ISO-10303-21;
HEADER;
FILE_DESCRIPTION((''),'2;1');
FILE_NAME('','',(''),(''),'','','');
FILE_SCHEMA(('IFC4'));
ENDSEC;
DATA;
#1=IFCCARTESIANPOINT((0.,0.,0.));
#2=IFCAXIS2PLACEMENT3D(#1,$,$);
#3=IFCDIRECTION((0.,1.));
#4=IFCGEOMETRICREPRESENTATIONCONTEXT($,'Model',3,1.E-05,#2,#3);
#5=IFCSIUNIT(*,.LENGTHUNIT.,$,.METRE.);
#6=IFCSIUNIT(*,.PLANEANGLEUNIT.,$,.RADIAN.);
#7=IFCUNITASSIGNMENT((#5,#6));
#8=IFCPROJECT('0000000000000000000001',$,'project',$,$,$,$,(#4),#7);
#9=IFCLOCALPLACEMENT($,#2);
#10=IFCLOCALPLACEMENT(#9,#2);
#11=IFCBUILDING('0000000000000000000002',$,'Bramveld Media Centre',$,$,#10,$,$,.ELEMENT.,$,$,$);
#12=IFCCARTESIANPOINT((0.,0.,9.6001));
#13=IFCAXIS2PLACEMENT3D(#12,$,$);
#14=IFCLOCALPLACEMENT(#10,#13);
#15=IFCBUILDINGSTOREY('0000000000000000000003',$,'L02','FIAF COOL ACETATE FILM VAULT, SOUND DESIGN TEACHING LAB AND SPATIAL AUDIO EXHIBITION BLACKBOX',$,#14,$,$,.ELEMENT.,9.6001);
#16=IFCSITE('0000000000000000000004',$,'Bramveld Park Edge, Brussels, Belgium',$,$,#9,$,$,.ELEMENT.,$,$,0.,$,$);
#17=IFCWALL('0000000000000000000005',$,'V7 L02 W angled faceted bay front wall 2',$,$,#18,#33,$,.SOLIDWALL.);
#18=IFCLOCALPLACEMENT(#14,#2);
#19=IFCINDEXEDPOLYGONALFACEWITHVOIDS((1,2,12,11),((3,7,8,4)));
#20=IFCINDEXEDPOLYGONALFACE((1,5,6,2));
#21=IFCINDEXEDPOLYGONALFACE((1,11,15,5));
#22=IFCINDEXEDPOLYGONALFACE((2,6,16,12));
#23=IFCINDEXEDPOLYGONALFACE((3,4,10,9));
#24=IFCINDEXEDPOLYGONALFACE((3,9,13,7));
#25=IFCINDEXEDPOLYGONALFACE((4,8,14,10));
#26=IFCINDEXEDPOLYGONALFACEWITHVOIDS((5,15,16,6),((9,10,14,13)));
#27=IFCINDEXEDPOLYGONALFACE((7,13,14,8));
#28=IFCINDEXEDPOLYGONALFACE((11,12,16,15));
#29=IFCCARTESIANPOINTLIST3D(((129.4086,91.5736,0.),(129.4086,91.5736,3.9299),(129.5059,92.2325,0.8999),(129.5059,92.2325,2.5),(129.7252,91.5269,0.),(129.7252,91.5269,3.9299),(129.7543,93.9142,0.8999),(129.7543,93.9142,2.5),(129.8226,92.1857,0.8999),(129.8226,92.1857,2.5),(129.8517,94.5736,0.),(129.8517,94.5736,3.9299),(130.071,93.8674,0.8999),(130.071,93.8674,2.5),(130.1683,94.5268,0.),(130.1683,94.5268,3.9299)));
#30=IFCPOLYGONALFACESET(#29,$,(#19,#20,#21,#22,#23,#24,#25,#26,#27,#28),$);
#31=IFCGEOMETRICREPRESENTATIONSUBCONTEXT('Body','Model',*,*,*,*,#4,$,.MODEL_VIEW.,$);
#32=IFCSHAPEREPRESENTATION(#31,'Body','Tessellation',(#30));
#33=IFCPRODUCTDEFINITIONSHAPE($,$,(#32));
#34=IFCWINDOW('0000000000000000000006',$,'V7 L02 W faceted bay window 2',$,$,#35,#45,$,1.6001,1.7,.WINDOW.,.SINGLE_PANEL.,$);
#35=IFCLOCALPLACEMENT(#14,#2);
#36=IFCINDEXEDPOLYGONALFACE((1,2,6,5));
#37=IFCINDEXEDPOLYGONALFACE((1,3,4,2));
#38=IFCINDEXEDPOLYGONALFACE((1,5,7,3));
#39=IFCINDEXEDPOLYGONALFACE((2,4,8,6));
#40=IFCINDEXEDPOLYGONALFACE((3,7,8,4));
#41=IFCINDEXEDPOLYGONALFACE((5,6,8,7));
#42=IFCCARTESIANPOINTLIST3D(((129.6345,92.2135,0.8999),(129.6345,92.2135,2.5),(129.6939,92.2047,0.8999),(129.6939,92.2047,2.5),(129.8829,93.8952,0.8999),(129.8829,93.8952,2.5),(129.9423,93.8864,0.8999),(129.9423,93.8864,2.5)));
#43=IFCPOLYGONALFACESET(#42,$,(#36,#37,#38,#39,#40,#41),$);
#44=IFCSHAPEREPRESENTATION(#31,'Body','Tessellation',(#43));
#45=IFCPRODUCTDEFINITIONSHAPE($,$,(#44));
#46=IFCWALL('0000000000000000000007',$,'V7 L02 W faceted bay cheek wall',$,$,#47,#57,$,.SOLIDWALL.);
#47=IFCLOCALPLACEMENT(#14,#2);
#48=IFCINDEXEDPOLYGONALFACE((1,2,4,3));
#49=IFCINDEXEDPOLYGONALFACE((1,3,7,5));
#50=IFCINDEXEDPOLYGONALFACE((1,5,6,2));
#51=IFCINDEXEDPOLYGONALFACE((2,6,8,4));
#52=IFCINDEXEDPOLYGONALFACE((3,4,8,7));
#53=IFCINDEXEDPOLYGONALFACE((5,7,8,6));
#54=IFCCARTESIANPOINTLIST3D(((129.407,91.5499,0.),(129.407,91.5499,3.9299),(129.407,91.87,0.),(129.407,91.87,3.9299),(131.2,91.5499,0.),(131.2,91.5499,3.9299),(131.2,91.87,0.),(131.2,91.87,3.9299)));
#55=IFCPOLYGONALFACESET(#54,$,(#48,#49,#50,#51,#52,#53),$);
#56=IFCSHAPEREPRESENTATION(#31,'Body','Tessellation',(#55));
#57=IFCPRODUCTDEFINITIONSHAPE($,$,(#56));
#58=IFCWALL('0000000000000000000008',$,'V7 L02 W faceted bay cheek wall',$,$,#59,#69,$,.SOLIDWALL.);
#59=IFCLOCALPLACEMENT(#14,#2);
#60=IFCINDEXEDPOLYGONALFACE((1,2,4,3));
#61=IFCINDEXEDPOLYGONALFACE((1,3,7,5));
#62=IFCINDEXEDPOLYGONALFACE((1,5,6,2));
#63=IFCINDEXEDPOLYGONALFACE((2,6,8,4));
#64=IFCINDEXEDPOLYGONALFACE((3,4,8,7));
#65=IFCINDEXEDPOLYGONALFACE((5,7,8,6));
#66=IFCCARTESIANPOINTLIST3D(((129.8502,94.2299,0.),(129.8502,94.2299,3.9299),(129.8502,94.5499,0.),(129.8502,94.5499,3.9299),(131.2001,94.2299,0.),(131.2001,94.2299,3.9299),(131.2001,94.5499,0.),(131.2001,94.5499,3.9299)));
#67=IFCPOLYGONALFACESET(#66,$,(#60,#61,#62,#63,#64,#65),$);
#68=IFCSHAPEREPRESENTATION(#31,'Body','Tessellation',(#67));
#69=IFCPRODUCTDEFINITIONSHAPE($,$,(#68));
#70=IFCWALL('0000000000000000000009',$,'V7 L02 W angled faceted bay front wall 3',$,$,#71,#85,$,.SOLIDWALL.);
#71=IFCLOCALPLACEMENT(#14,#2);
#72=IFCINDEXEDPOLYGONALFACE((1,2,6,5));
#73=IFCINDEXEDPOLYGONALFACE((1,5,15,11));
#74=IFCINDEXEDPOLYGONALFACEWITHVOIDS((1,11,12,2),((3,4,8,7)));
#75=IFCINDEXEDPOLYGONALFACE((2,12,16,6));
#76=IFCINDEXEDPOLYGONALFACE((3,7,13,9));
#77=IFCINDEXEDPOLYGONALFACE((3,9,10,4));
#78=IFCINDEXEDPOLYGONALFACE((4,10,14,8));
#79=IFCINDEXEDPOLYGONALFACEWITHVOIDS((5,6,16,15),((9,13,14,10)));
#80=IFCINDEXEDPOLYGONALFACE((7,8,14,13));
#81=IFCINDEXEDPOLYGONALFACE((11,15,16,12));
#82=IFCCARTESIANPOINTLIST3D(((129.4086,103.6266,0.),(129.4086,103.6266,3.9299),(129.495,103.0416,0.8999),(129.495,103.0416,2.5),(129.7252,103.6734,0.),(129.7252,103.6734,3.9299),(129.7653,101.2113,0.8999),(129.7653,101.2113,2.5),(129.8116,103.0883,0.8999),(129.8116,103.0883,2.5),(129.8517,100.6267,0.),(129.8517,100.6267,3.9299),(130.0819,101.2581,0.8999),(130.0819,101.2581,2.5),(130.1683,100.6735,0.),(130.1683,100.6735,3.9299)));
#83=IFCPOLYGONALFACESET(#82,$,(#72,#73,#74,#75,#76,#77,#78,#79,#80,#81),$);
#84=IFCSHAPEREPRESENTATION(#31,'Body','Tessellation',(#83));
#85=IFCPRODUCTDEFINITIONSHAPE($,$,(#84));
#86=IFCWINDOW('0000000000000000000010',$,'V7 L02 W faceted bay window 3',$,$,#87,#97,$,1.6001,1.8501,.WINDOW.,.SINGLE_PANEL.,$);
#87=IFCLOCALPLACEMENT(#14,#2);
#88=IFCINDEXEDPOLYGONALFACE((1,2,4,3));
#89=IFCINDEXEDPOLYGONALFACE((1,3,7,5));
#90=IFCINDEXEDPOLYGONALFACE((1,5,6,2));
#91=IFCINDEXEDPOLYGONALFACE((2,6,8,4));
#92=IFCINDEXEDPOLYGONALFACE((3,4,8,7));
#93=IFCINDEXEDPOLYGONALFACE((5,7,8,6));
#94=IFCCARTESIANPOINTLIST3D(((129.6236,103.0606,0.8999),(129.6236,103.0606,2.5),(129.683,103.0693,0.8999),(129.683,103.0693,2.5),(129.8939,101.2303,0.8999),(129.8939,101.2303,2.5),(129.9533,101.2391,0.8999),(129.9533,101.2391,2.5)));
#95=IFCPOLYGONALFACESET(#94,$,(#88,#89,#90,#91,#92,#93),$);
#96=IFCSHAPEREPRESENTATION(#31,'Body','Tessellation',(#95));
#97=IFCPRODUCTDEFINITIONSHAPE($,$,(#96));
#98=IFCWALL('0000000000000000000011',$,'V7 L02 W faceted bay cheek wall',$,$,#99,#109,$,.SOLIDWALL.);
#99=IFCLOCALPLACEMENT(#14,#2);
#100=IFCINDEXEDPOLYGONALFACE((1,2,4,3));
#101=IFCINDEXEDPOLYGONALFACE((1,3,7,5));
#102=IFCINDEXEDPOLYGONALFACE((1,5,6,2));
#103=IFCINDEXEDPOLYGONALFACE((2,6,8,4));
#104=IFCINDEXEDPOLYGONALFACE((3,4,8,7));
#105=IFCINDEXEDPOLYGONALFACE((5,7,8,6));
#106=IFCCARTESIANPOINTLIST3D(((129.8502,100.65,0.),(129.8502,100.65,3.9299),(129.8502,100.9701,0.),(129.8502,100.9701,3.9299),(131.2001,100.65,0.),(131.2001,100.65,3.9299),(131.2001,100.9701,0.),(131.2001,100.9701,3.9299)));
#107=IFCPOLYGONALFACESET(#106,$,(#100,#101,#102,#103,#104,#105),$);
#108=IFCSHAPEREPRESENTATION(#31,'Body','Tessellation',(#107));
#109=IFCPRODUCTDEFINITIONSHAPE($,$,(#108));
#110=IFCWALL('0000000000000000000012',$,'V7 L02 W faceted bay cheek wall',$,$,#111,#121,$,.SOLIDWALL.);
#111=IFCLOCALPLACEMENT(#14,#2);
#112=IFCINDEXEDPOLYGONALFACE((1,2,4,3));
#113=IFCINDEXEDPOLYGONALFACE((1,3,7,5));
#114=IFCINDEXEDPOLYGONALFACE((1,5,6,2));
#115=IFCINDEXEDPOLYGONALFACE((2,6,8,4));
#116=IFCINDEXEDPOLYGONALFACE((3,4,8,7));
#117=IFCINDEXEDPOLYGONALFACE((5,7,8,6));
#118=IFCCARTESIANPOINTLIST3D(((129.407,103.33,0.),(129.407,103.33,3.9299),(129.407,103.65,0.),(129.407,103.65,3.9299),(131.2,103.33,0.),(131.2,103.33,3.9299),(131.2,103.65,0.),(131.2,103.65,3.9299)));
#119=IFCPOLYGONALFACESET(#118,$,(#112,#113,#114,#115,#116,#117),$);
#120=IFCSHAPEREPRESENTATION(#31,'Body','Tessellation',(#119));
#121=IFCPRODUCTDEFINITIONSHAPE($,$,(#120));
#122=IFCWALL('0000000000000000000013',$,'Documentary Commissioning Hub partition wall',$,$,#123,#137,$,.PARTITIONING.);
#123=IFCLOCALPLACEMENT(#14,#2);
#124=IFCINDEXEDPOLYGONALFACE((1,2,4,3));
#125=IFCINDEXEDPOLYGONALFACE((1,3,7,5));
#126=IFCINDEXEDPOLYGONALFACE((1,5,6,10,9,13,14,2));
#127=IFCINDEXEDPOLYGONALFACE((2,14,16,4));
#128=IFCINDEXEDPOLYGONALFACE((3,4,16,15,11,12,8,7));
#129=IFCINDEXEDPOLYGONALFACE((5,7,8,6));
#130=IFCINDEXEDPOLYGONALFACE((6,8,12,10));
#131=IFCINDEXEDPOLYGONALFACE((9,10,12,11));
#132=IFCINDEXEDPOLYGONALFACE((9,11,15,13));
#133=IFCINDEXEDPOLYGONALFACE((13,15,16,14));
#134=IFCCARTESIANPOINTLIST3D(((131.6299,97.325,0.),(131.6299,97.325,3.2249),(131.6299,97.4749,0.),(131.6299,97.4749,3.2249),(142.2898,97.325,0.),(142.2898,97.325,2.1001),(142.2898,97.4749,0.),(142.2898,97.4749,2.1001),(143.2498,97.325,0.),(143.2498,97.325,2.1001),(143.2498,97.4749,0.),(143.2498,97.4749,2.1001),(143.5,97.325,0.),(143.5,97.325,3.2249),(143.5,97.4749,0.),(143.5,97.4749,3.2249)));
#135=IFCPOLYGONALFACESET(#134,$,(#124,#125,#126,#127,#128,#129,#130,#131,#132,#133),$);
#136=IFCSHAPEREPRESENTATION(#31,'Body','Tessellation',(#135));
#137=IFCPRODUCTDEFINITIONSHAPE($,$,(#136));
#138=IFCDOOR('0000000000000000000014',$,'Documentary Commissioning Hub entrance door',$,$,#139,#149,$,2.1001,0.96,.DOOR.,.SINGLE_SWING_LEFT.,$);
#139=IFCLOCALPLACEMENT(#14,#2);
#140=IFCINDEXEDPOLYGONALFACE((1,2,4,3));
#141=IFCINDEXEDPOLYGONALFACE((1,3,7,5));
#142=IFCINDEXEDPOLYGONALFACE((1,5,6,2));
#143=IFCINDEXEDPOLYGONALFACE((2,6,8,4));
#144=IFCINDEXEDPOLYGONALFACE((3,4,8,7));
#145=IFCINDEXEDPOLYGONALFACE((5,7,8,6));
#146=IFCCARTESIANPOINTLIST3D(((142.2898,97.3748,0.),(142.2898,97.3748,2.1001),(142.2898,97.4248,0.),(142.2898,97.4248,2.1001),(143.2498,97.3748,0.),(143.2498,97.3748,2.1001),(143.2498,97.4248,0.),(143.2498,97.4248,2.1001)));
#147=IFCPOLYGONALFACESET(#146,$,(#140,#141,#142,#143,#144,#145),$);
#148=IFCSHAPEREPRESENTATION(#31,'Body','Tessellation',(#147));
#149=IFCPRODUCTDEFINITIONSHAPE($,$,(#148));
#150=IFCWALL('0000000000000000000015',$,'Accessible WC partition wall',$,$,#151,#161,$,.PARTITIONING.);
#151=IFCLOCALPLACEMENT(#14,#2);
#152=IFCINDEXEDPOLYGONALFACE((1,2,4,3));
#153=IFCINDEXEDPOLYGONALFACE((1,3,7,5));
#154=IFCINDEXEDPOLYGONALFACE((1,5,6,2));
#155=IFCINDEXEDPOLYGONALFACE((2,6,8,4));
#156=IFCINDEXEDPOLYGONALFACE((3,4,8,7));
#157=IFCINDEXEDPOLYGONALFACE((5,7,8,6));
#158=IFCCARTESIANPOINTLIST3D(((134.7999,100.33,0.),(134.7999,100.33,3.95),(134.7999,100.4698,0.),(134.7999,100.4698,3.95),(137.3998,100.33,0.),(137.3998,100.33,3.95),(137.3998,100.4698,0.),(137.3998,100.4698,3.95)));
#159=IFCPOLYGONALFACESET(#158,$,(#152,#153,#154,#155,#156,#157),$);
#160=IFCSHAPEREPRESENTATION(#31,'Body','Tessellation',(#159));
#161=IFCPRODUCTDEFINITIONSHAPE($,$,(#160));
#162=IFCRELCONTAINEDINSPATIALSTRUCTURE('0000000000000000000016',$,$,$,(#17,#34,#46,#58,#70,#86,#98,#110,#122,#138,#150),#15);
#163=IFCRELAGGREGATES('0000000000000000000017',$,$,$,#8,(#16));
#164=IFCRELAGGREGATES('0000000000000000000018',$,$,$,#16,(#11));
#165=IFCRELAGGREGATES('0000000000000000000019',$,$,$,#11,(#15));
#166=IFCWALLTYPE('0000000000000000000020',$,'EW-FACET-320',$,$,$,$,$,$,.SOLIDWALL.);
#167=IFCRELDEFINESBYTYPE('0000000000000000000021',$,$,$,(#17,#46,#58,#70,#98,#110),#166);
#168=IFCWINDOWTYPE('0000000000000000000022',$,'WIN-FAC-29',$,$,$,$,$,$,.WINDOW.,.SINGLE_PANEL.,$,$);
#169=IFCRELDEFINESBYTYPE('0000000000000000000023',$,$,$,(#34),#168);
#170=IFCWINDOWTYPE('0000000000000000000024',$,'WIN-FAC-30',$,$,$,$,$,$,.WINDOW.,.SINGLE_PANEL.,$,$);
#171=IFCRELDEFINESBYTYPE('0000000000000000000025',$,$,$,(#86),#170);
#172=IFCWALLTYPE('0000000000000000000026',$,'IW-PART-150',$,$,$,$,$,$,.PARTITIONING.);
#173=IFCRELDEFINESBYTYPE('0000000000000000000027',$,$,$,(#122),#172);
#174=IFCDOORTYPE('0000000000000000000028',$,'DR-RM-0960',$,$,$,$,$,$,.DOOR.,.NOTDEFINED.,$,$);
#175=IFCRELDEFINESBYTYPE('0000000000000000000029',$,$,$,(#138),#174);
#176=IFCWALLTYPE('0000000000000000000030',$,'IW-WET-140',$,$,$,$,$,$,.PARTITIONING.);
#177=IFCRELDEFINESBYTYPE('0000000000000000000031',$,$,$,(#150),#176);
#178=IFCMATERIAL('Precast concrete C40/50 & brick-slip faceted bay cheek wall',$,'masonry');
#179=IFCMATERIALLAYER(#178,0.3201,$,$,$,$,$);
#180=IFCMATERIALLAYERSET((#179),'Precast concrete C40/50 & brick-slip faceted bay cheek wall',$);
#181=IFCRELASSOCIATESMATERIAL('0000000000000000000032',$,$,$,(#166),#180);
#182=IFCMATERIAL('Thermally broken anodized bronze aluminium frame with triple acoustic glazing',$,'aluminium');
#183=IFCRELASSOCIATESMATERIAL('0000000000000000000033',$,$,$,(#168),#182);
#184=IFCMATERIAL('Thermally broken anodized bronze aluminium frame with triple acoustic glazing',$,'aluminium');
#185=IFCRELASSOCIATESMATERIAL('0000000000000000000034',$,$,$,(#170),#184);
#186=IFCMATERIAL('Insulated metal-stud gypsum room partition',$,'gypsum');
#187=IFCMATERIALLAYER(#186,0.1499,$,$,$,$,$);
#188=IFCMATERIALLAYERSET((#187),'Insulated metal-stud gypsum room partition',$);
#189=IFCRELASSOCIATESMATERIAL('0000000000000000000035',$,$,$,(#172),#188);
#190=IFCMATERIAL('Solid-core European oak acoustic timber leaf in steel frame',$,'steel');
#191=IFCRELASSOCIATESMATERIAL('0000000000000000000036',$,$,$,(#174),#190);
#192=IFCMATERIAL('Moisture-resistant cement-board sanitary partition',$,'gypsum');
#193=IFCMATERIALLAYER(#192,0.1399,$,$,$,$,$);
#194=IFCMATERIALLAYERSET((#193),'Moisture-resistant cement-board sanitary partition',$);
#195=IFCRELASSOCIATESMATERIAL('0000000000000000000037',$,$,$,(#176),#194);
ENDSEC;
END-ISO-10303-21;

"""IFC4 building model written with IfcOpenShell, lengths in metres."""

from ifc_helpers import new_model, si_unit, direction, frame, frame_2d, origin, place, context, subcontext, project, spatial, rectangle, extrude, material, layer, layer_set, type_object, element, fill, save


model = new_model("IFC4")

# Units and contexts
model_context = context("Model", 3, precision=1e-05, world=origin(), true_north=direction((0.0, 1.0)))
body_context = subcontext(model_context, "Body", "Model", "MODEL_VIEW")
ifc_project = project(units=[si_unit("LENGTHUNIT", "METRE"), si_unit("PLANEANGLEUNIT", "RADIAN")], contexts=[model_context])

# Site, building, storey
site_placement = place(None, origin())
site = spatial("IfcSite", under=ifc_project, at=site_placement, Name="Bramveld Park Edge, Brussels, Belgium", CompositionType="ELEMENT", RefElevation=0.0)
building_placement = place(site_placement, origin())
building = spatial("IfcBuilding", under=site, at=building_placement, Name="Bramveld Media Centre", CompositionType="ELEMENT")
storey_placement = place(building_placement, frame((0.0, 0.0, 9.6001)))
storey = spatial("IfcBuildingStorey", under=building, at=storey_placement, Name="L02", Description="FIAF COOL ACETATE FILM VAULT, SOUND DESIGN TEACHING LAB AND SPATIAL AUDIO EXHIBITION BLACKBOX", CompositionType="ELEMENT", Elevation=9.6001)

# Wall, opening, window
ifc_material_1 = material(Name="Precast concrete C40/50 & brick-slip faceted bay cheek wall", Category="masonry")
ifc_layer_1 = layer(ifc_material_1, 0.3201)
ifc_layer_set_1 = layer_set([ifc_layer_1], Name="Precast concrete C40/50 & brick-slip faceted bay cheek wall")
wall_type_1 = type_object("IfcWallType", Name="EW-FACET-320", PredefinedType="SOLIDWALL", material=ifc_layer_set_1)
wall_1_placement = place(storey_placement, frame((130.01, 94.55, 0.0), z_axis=(0.0, 0.0, 1.0), x_axis=(-0.14612, -0.989267, 0.0)))
wall_1 = element("IfcWall", 1, at=wall_1_placement, inside=storey, type_object=wall_type_1, Name="V7 L02 W angled faceted bay front wall 2", PredefinedType="SOLIDWALL", context=body_context, shape_type="SweptSolid", body=[
    extrude(rectangle(XDim=3.0325, YDim=0.3201, at=frame_2d((1.5161, 0.0))), origin(), (0.0, 0.0, 1.0), 3.9299),
])
opening_1_placement = place(wall_1_placement, frame((0.6663, 0.0, 0.8999)))
opening_1 = element("IfcOpeningElement", 2, at=opening_1_placement, cuts=wall_1, PredefinedType="OPENING", context=body_context, shape_type="SweptSolid", body=[
    extrude(rectangle(XDim=1.7, YDim=1.6001, at=frame_2d((0.8501, 0.8))), frame((0.0, 0.1719, 0.0), z_axis=(0.0, -1.0, 0.0), x_axis=(1.0, 0.0, 0.0)), (0.0, 0.0, 1.0), 0.344),
])
ifc_material_2 = material(Name="Thermally broken anodized bronze aluminium frame with triple acoustic glazing", Category="aluminium")
window_type_1 = type_object("IfcWindowType", Name="WIN-FAC-29", PartitioningType="SINGLE_PANEL", PredefinedType="WINDOW", material=ifc_material_2)
window_1_placement = place(opening_1_placement, origin())
window_1 = element("IfcWindow", 3, at=window_1_placement, inside=storey, type_object=window_type_1, Name="V7 L02 W faceted bay window 2", OverallHeight=1.6001, OverallWidth=1.7, PartitioningType="SINGLE_PANEL", PredefinedType="WINDOW", context=body_context, shape_type="SweptSolid", body=[
    extrude(rectangle(XDim=1.7, YDim=1.6001, at=frame_2d((0.8501, 0.8))), frame((0.0, 0.03, 0.0), z_axis=(0.0, -1.0, 0.0), x_axis=(1.0, 0.0, 0.0)), (0.0, 0.0, 1.0), 0.0601),
])
fill(opening_1, window_1)

# Walls
wall_2_placement = place(storey_placement, frame((131.2, 91.71, 0.0), z_axis=(0.0, 0.0, 1.0), x_axis=(-1.0, 0.0, 0.0)))
element("IfcWall", 4, at=wall_2_placement, inside=storey, type_object=wall_type_1, Name="V7 L02 W faceted bay cheek wall", PredefinedType="SOLIDWALL", context=body_context, shape_type="SweptSolid", body=[
    extrude(rectangle(XDim=1.793, YDim=0.3201, at=frame_2d((0.8965, 0.0))), origin(), (0.0, 0.0, 1.0), 3.9299),
])
wall_3_placement = place(storey_placement, frame((131.2, 94.3899, 0.0), z_axis=(0.0, 0.0, 1.0), x_axis=(-1.0, 0.0, 0.0)))
element("IfcWall", 5, at=wall_3_placement, inside=storey, type_object=wall_type_1, Name="V7 L02 W faceted bay cheek wall", PredefinedType="SOLIDWALL", context=body_context, shape_type="SweptSolid", body=[
    extrude(rectangle(XDim=1.3499, YDim=0.3201, at=frame_2d((0.6748, 0.0))), origin(), (0.0, 0.0, 1.0), 3.9299),
])

# Wall, opening, window
wall_4_placement = place(storey_placement, frame((129.5669, 103.6499, 0.0), z_axis=(0.0, 0.0, 1.0), x_axis=(0.14612, -0.989267, 0.0)))
wall_4 = element("IfcWall", 6, at=wall_4_placement, inside=storey, type_object=wall_type_1, Name="V7 L02 W angled faceted bay front wall 3", PredefinedType="SOLIDWALL", context=body_context, shape_type="SweptSolid", body=[
    extrude(rectangle(XDim=3.0325, YDim=0.3201, at=frame_2d((1.5161, 0.0))), origin(), (0.0, 0.0, 1.0), 3.9299),
])
opening_2_placement = place(wall_4_placement, frame((0.5913, 0.0, 0.8999)))
opening_2 = element("IfcOpeningElement", 7, at=opening_2_placement, cuts=wall_4, PredefinedType="OPENING", context=body_context, shape_type="SweptSolid", body=[
    extrude(rectangle(XDim=1.8501, YDim=1.6001, at=frame_2d((0.925, 0.8))), frame((0.0, 0.1719, 0.0), z_axis=(0.0, -1.0, 0.0), x_axis=(1.0, 0.0, 0.0)), (0.0, 0.0, 1.0), 0.344),
])
ifc_material_3 = material(Name="Thermally broken anodized bronze aluminium frame with triple acoustic glazing", Category="aluminium")
window_type_2 = type_object("IfcWindowType", Name="WIN-FAC-30", PartitioningType="SINGLE_PANEL", PredefinedType="WINDOW", material=ifc_material_3)
window_2_placement = place(opening_2_placement, origin())
window_2 = element("IfcWindow", 8, at=window_2_placement, inside=storey, type_object=window_type_2, Name="V7 L02 W faceted bay window 3", OverallHeight=1.6001, OverallWidth=1.8501, PartitioningType="SINGLE_PANEL", PredefinedType="WINDOW", context=body_context, shape_type="SweptSolid", body=[
    extrude(rectangle(XDim=1.8501, YDim=1.6001, at=frame_2d((0.925, 0.8))), frame((0.0, 0.03, 0.0), z_axis=(0.0, -1.0, 0.0), x_axis=(1.0, 0.0, 0.0)), (0.0, 0.0, 1.0), 0.0601),
])
fill(opening_2, window_2)

# Walls
wall_5_placement = place(storey_placement, frame((131.2, 100.8101, 0.0), z_axis=(0.0, 0.0, 1.0), x_axis=(-1.0, 0.0, 0.0)))
element("IfcWall", 9, at=wall_5_placement, inside=storey, type_object=wall_type_1, Name="V7 L02 W faceted bay cheek wall", PredefinedType="SOLIDWALL", context=body_context, shape_type="SweptSolid", body=[
    extrude(rectangle(XDim=1.3499, YDim=0.3201, at=frame_2d((0.6748, 0.0))), origin(), (0.0, 0.0, 1.0), 3.9299),
])
wall_6_placement = place(storey_placement, frame((131.2, 103.49, 0.0), z_axis=(0.0, 0.0, 1.0), x_axis=(-1.0, 0.0, 0.0)))
element("IfcWall", 10, at=wall_6_placement, inside=storey, type_object=wall_type_1, Name="V7 L02 W faceted bay cheek wall", PredefinedType="SOLIDWALL", context=body_context, shape_type="SweptSolid", body=[
    extrude(rectangle(XDim=1.793, YDim=0.3201, at=frame_2d((0.8965, 0.0))), origin(), (0.0, 0.0, 1.0), 3.9299),
])

# Wall, opening, door
ifc_material_4 = material(Name="Insulated metal-stud gypsum room partition", Category="gypsum")
ifc_layer_2 = layer(ifc_material_4, 0.1499)
ifc_layer_set_2 = layer_set([ifc_layer_2], Name="Insulated metal-stud gypsum room partition")
wall_type_2 = type_object("IfcWallType", Name="IW-PART-150", PredefinedType="PARTITIONING", material=ifc_layer_set_2)
wall_7_placement = place(storey_placement, frame((131.6299, 97.3999, 0.0), z_axis=(0.0, 0.0, 1.0), x_axis=(1.0, 0.0, 0.0)))
wall_7 = element("IfcWall", 11, at=wall_7_placement, inside=storey, type_object=wall_type_2, Name="Documentary Commissioning Hub partition wall", PredefinedType="PARTITIONING", context=body_context, shape_type="SweptSolid", body=[
    extrude(rectangle(XDim=11.8701, YDim=0.1499, at=frame_2d((5.9351, 0.0))), origin(), (0.0, 0.0, 1.0), 3.2249),
])
opening_3_placement = place(wall_7_placement, frame((10.6599, 0.0, 0.0)))
opening_3 = element("IfcOpeningElement", 12, at=opening_3_placement, cuts=wall_7, PredefinedType="OPENING", context=body_context, shape_type="SweptSolid", body=[
    extrude(rectangle(XDim=0.96, YDim=2.1001, at=frame_2d((0.48, 1.05))), frame((0.0, 0.0869, 0.0), z_axis=(0.0, -1.0, 0.0), x_axis=(1.0, 0.0, 0.0)), (0.0, 0.0, 1.0), 0.1738),
])
ifc_material_5 = material(Name="Solid-core European oak acoustic timber leaf in steel frame", Category="steel")
door_type_1 = type_object("IfcDoorType", Name="DR-RM-0960", OperationType="NOTDEFINED", PredefinedType="DOOR", material=ifc_material_5)
door_1_placement = place(opening_3_placement, origin())
door_1 = element("IfcDoor", 13, at=door_1_placement, inside=storey, type_object=door_type_1, Name="Documentary Commissioning Hub entrance door", OperationType="SINGLE_SWING_LEFT", OverallHeight=2.1001, OverallWidth=0.96, PredefinedType="DOOR", context=body_context, shape_type="SweptSolid", body=[
    extrude(rectangle(XDim=0.96, YDim=2.1001, at=frame_2d((0.48, 1.05))), frame((0.0, 0.0249, 0.0), z_axis=(0.0, -1.0, 0.0), x_axis=(1.0, 0.0, 0.0)), (0.0, 0.0, 1.0), 0.05),
])
fill(opening_3, door_1)

# Wall
ifc_material_6 = material(Name="Moisture-resistant cement-board sanitary partition", Category="gypsum")
ifc_layer_3 = layer(ifc_material_6, 0.1399)
ifc_layer_set_3 = layer_set([ifc_layer_3], Name="Moisture-resistant cement-board sanitary partition")
wall_type_3 = type_object("IfcWallType", Name="IW-WET-140", PredefinedType="PARTITIONING", material=ifc_layer_set_3)
wall_8_placement = place(storey_placement, frame((134.8, 100.3999, 0.0), z_axis=(0.0, 0.0, 1.0), x_axis=(1.0, 0.0, 0.0)))
element("IfcWall", 14, at=wall_8_placement, inside=storey, type_object=wall_type_3, Name="Accessible WC partition wall", PredefinedType="PARTITIONING", context=body_context, shape_type="SweptSolid", body=[
    extrude(rectangle(XDim=2.5999, YDim=0.1399, at=frame_2d((1.2998, 0.0))), origin(), (0.0, 0.0, 1.0), 3.95),
])

save(model, "model.ifc")
